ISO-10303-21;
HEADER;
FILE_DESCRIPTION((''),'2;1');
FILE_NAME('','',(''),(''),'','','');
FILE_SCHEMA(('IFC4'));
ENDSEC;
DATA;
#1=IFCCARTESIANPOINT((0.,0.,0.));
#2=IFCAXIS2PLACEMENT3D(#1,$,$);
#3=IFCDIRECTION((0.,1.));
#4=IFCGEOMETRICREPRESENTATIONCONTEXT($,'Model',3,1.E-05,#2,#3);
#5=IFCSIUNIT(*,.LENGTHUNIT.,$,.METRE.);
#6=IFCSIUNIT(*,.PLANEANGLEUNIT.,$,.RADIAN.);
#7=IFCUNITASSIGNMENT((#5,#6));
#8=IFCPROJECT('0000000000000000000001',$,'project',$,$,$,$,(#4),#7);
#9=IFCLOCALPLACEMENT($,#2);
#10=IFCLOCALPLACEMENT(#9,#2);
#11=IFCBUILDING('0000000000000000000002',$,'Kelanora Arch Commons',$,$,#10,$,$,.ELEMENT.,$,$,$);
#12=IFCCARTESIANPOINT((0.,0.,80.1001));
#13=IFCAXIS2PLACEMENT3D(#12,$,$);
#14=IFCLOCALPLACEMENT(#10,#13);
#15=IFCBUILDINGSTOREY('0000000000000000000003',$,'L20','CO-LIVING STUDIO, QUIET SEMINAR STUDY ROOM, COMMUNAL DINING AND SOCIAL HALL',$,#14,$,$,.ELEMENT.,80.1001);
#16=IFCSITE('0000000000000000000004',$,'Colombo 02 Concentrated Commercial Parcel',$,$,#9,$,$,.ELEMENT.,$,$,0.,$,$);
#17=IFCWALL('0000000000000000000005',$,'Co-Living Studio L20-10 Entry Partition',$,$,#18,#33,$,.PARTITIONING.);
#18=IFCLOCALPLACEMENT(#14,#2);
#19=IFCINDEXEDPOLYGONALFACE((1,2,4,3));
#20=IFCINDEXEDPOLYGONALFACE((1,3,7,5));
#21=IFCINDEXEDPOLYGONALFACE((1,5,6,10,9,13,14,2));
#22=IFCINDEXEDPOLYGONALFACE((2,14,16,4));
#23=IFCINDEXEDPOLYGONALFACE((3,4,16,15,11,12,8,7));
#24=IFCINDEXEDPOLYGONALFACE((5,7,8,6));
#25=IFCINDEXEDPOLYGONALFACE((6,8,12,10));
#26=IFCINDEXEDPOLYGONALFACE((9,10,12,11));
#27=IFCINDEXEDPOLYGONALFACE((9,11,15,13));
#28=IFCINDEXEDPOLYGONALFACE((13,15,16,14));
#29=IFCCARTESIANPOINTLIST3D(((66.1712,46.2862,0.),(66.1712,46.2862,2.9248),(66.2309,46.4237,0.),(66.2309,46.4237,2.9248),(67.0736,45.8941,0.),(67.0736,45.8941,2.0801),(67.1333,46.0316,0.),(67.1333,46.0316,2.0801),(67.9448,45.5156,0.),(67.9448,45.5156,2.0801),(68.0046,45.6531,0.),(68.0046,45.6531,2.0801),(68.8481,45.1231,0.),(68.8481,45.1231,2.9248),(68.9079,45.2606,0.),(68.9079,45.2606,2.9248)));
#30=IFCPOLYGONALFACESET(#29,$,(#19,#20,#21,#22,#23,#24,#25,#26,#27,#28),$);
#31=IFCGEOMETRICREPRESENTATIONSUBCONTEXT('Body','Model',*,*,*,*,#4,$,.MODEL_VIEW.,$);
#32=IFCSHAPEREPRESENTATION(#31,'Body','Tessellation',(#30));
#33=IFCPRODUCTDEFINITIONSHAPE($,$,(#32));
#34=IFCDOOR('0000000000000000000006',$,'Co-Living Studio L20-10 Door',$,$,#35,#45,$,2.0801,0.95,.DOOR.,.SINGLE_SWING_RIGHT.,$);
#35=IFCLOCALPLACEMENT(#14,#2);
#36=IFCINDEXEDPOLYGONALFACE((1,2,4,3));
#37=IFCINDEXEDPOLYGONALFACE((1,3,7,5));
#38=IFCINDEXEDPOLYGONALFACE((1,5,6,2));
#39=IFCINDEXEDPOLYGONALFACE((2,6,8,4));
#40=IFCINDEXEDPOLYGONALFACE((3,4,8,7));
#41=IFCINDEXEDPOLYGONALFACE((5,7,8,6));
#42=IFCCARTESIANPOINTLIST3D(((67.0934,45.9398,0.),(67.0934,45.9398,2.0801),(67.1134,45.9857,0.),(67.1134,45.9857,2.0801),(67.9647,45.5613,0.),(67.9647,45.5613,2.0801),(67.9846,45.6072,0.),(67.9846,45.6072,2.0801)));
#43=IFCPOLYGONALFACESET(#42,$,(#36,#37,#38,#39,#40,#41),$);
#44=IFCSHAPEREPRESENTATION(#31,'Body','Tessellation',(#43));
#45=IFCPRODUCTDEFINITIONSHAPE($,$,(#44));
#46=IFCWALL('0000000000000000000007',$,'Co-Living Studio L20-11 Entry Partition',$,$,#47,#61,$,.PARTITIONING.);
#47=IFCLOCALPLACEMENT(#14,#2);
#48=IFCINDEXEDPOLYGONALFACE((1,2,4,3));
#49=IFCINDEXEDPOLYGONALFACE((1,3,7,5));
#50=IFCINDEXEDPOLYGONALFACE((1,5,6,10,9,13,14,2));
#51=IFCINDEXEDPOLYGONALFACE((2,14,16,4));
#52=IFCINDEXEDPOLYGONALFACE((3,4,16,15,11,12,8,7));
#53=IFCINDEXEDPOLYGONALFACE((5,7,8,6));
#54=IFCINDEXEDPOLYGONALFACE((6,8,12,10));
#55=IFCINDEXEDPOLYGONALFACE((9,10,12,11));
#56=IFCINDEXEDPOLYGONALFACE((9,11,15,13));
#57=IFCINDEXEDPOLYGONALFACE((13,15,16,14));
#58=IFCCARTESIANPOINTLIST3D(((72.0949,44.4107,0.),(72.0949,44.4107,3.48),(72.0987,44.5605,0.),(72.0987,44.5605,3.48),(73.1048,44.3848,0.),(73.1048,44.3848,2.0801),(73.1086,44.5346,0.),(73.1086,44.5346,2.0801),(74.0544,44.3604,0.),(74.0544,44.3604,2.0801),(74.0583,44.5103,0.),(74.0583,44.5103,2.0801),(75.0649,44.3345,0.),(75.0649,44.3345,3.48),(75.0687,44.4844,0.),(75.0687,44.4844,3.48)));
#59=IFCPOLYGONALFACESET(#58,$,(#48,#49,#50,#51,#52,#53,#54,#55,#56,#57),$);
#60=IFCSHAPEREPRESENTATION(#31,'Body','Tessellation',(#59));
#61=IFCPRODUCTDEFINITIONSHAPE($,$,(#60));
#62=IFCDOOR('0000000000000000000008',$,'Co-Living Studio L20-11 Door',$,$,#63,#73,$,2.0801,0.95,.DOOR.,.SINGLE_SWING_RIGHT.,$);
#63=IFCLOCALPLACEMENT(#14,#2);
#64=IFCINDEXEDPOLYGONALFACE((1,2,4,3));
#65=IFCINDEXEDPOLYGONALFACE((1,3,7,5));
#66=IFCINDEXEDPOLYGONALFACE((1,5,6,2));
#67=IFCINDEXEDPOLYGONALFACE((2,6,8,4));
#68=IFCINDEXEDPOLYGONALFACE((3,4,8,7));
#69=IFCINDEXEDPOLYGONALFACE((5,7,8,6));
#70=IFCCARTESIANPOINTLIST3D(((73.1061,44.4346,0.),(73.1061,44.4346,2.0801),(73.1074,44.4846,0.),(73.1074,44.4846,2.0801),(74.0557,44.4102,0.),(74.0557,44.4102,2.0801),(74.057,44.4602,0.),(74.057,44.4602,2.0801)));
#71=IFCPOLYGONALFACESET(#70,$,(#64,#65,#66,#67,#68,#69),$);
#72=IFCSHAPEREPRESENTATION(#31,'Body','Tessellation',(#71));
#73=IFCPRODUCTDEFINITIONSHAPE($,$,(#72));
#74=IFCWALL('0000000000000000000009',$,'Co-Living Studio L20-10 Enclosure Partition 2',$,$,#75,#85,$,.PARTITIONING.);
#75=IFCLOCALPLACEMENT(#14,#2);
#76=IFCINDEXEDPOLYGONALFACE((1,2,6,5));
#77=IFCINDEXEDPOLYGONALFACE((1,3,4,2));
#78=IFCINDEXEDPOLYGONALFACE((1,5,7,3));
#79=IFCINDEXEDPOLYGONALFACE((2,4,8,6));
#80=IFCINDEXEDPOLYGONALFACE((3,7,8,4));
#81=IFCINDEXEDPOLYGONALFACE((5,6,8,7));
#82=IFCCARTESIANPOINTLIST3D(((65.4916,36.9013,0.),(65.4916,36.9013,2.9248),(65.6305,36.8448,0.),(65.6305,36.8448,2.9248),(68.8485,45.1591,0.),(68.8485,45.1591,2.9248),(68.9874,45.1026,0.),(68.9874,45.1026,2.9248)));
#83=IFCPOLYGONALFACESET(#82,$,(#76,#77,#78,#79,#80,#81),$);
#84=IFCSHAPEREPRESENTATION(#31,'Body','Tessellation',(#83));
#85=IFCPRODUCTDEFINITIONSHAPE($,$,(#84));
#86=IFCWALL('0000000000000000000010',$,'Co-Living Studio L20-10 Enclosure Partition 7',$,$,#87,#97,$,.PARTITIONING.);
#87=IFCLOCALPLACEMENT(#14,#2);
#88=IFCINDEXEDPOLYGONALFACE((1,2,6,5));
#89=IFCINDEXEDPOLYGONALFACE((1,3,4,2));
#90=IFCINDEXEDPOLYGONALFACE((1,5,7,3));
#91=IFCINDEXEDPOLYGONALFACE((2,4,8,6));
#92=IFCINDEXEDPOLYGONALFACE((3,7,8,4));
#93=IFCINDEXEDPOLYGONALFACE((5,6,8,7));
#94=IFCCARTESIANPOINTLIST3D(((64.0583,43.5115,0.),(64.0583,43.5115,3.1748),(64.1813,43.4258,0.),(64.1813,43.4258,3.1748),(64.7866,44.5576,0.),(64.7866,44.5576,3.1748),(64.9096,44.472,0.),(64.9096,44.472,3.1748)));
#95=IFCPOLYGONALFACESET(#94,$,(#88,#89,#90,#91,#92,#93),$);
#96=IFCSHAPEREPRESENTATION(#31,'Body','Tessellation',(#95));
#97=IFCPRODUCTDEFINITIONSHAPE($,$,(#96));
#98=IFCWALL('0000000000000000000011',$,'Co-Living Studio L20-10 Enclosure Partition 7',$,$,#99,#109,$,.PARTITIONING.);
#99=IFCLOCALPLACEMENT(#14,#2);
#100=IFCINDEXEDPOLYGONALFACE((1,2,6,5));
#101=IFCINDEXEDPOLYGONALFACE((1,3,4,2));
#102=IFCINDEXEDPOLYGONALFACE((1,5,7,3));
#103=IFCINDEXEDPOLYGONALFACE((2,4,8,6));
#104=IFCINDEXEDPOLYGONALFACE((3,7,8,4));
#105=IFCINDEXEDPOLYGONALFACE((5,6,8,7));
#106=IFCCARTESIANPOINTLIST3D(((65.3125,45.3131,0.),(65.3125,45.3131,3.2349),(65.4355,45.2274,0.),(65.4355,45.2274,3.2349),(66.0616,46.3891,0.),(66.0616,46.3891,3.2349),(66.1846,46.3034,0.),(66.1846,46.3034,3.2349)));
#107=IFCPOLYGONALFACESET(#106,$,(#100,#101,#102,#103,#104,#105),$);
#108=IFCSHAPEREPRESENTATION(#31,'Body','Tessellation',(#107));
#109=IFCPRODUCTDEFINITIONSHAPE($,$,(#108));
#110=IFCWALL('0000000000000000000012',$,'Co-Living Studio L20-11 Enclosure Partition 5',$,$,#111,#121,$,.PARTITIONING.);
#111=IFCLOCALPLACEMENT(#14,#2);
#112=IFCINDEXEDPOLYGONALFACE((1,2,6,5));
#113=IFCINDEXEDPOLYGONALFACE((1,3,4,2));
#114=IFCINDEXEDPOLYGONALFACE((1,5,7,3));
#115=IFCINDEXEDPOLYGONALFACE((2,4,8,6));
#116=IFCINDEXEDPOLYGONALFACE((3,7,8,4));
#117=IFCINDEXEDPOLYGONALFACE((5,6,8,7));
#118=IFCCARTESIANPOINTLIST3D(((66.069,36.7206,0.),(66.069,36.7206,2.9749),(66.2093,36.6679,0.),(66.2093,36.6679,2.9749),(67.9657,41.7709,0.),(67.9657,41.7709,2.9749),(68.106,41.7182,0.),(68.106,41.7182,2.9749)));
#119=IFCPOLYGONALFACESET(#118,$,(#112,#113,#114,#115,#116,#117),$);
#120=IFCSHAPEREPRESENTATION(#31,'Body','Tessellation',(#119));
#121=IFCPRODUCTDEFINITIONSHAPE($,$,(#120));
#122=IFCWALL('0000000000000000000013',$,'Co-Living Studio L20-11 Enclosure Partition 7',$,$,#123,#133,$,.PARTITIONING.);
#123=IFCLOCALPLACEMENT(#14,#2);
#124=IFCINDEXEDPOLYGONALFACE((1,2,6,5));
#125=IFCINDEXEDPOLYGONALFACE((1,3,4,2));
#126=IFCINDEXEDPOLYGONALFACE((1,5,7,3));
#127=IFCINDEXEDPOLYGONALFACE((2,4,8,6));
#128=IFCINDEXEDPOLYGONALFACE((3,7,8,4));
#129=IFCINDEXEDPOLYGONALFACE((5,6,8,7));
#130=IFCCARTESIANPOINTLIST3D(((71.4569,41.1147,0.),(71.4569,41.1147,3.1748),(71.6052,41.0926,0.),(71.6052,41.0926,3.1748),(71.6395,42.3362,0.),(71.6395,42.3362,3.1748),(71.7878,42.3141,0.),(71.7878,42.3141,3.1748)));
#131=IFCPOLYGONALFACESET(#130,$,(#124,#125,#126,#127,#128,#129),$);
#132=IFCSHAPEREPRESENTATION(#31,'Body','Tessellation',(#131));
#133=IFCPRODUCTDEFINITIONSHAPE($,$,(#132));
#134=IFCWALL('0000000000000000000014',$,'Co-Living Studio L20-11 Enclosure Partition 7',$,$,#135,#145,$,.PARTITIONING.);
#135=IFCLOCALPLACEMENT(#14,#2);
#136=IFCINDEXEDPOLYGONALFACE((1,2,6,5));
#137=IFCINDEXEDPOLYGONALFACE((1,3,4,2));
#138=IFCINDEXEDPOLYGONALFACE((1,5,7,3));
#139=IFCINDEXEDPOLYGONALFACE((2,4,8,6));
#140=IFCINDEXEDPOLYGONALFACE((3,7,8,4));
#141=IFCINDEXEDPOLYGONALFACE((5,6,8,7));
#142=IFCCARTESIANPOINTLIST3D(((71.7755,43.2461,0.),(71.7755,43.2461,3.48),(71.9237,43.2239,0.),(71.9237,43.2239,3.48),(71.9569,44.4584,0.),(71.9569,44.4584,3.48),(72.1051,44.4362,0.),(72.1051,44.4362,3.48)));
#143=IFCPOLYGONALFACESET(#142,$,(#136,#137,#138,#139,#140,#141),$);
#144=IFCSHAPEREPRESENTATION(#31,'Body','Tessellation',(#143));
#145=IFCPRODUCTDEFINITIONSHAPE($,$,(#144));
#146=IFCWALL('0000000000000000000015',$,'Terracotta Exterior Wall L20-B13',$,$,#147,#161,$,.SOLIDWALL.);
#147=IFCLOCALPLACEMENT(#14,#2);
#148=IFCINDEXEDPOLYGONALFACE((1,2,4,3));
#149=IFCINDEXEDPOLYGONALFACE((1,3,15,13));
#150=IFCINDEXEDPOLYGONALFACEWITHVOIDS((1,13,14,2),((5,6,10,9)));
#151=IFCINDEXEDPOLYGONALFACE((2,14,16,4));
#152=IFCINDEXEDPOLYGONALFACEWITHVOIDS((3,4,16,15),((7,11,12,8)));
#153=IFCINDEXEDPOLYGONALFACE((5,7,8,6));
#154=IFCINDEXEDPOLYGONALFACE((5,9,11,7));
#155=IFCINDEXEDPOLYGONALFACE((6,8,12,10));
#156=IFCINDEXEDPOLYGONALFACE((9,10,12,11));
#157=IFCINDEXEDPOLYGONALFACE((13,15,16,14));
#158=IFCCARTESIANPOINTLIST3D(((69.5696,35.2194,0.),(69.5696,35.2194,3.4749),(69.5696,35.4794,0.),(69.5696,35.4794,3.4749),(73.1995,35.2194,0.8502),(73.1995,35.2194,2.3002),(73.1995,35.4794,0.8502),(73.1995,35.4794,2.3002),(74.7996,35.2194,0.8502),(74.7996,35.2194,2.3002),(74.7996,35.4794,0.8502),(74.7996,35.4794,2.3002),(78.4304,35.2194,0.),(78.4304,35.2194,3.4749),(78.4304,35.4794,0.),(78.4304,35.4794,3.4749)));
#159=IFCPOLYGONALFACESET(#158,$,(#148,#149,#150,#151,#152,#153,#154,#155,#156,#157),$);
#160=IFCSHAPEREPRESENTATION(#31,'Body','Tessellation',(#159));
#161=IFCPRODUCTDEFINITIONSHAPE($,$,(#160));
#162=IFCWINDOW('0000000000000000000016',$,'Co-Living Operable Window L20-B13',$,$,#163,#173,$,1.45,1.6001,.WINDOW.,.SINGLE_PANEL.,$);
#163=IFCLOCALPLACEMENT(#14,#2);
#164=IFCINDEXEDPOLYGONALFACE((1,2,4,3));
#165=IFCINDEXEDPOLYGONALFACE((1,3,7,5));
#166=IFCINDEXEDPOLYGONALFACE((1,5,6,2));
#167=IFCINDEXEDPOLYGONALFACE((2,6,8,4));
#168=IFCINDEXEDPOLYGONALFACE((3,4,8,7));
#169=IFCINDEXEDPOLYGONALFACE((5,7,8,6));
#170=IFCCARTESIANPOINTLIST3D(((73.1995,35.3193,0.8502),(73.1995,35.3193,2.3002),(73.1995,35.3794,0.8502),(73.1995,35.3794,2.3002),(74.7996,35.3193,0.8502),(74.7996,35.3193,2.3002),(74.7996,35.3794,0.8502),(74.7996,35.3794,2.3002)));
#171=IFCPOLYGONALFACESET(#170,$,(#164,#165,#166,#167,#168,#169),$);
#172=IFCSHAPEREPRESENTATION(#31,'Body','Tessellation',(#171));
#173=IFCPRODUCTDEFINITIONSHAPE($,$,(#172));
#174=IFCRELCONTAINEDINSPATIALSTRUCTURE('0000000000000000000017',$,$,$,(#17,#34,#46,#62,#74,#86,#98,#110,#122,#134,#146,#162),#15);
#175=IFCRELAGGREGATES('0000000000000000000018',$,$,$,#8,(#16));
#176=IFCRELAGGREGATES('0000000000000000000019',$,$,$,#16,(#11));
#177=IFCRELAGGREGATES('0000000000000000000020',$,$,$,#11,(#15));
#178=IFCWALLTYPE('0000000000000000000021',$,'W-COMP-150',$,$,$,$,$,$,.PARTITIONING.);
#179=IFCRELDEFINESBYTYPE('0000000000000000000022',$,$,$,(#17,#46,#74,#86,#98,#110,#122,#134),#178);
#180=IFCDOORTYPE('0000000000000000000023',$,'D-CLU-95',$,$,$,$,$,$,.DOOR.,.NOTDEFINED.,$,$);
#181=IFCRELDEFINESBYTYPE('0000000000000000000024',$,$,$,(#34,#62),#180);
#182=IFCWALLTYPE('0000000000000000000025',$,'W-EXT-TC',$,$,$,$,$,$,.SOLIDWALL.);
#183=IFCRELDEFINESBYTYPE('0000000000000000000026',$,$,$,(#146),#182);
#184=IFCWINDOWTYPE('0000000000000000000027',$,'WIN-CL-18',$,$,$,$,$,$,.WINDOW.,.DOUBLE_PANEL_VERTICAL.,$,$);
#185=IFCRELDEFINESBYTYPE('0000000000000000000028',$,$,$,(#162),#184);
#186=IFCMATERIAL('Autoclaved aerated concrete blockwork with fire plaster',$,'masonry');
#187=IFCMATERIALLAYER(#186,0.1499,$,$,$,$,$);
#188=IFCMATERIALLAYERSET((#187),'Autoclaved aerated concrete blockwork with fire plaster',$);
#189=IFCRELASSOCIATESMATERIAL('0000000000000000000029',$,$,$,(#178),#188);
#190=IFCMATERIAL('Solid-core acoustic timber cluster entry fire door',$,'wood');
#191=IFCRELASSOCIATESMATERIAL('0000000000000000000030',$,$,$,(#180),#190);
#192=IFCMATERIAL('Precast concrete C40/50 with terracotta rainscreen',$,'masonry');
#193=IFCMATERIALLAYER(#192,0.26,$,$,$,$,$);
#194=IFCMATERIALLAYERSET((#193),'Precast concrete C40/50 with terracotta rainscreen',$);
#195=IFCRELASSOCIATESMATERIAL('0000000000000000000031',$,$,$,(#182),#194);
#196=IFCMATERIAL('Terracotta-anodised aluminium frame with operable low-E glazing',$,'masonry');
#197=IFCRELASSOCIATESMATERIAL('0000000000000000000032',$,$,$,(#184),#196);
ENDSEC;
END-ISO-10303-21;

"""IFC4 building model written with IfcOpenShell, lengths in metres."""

from ifc_helpers import new_model, si_unit, direction, frame, frame_2d, origin, place, context, subcontext, project, spatial, rectangle, extrude, material, layer, layer_set, type_object, element, fill, save


model = new_model("IFC4")

# Units and contexts
model_context = context("Model", 3, precision=1e-05, world=origin(), true_north=direction((0.0, 1.0)))
body_context = subcontext(model_context, "Body", "Model", "MODEL_VIEW")
ifc_project = project(units=[si_unit("LENGTHUNIT", "METRE"), si_unit("PLANEANGLEUNIT", "RADIAN")], contexts=[model_context])

# Site, building, storey
site_placement = place(None, origin())
site = spatial("IfcSite", under=ifc_project, at=site_placement, Name="Colombo 02 Concentrated Commercial Parcel", CompositionType="ELEMENT", RefElevation=0.0)
building_placement = place(site_placement, origin())
building = spatial("IfcBuilding", under=site, at=building_placement, Name="Kelanora Arch Commons", CompositionType="ELEMENT")
storey_placement = place(building_placement, frame((0.0, 0.0, 80.1001)))
storey = spatial("IfcBuildingStorey", under=building, at=storey_placement, Name="L20", Description="CO-LIVING STUDIO, QUIET SEMINAR STUDY ROOM, COMMUNAL DINING AND SOCIAL HALL", CompositionType="ELEMENT", Elevation=80.1001)

# Walls, openings, doors
ifc_material_1 = material(Name="Autoclaved aerated concrete blockwork with fire plaster", Category="masonry")
ifc_layer_1 = layer(ifc_material_1, 0.1499)
ifc_layer_set_1 = layer_set([ifc_layer_1], Name="Autoclaved aerated concrete blockwork with fire plaster")
wall_type_1 = type_object("IfcWallType", Name="W-COMP-150", PredefinedType="PARTITIONING", material=ifc_layer_set_1)
wall_1_placement = place(storey_placement, frame((66.2009, 46.355, 0.0), z_axis=(0.0, 0.0, 1.0), x_axis=(0.917174, -0.398488, 0.0)))
wall_1 = element("IfcWall", 1, at=wall_1_placement, inside=storey, type_object=wall_type_1, Name="Co-Living Studio L20-10 Entry Partition", PredefinedType="PARTITIONING", context=body_context, shape_type="SweptSolid", body=[
    extrude(rectangle(XDim=2.9187, YDim=0.1499, at=frame_2d((1.4595, 0.0))), origin(), (0.0, 0.0, 1.0), 2.9248),
])
opening_1_placement = place(wall_1_placement, frame((0.9839, 0.0, 0.0)))
opening_1 = element("IfcOpeningElement", 2, at=opening_1_placement, cuts=wall_1, PredefinedType="OPENING", context=body_context, shape_type="SweptSolid", body=[
    extrude(rectangle(XDim=0.95, YDim=2.0801, at=frame_2d((0.4751, 1.04))), frame((0.0, 0.085, 0.0), z_axis=(0.0, -1.0, 0.0), x_axis=(1.0, 0.0, 0.0)), (0.0, 0.0, 1.0), 0.1699),
])
ifc_material_2 = material(Name="Solid-core acoustic timber cluster entry fire door", Category="wood")
door_type_1 = type_object("IfcDoorType", Name="D-CLU-95", OperationType="NOTDEFINED", PredefinedType="DOOR", material=ifc_material_2)
door_1_placement = place(opening_1_placement, origin())
door_1 = element("IfcDoor", 3, at=door_1_placement, inside=storey, type_object=door_type_1, Name="Co-Living Studio L20-10 Door", OperationType="SINGLE_SWING_RIGHT", OverallHeight=2.0801, OverallWidth=0.95, PredefinedType="DOOR", context=body_context, shape_type="SweptSolid", body=[
    extrude(rectangle(XDim=0.95, YDim=2.0801, at=frame_2d((0.4751, 1.04))), frame((0.0, 0.0249, 0.0), z_axis=(0.0, -1.0, 0.0), x_axis=(1.0, 0.0, 0.0)), (0.0, 0.0, 1.0), 0.05),
])
fill(opening_1, door_1)
wall_2_placement = place(storey_placement, frame((72.0969, 44.4856, 0.0), z_axis=(0.0, 0.0, 1.0), x_axis=(0.999671, -0.025639, 0.0)))
wall_2 = element("IfcWall", 4, at=wall_2_placement, inside=storey, type_object=wall_type_1, Name="Co-Living Studio L20-11 Entry Partition", PredefinedType="PARTITIONING", context=body_context, shape_type="SweptSolid", body=[
    extrude(rectangle(XDim=2.9709, YDim=0.1499, at=frame_2d((1.4854, 0.0))), origin(), (0.0, 0.0, 1.0), 3.48),
])
opening_2_placement = place(wall_2_placement, frame((1.01, 0.0, 0.0)))
opening_2 = element("IfcOpeningElement", 5, at=opening_2_placement, cuts=wall_2, PredefinedType="OPENING", context=body_context, shape_type="SweptSolid", body=[
    extrude(rectangle(XDim=0.95, YDim=2.0801, at=frame_2d((0.4751, 1.04))), frame((0.0, 0.085, 0.0), z_axis=(0.0, -1.0, 0.0), x_axis=(1.0, 0.0, 0.0)), (0.0, 0.0, 1.0), 0.1699),
])
door_2_placement = place(opening_2_placement, origin())
door_2 = element("IfcDoor", 6, at=door_2_placement, inside=storey, type_object=door_type_1, Name="Co-Living Studio L20-11 Door", OperationType="SINGLE_SWING_RIGHT", OverallHeight=2.0801, OverallWidth=0.95, PredefinedType="DOOR", context=body_context, shape_type="SweptSolid", body=[
    extrude(rectangle(XDim=0.95, YDim=2.0801, at=frame_2d((0.4751, 1.04))), frame((0.0, 0.0249, 0.0), z_axis=(0.0, -1.0, 0.0), x_axis=(1.0, 0.0, 0.0)), (0.0, 0.0, 1.0), 0.05),
])
fill(opening_2, door_2)

# Walls
wall_3_placement = place(storey_placement, frame((68.918, 45.1309, 0.0), z_axis=(0.0, 0.0, 1.0), x_axis=(-0.376589, -0.926381, 0.0)))
element("IfcWall", 7, at=wall_3_placement, inside=storey, type_object=wall_type_1, Name="Co-Living Studio L20-10 Enclosure Partition 2", PredefinedType="PARTITIONING", context=body_context, shape_type="SweptSolid", body=[
    extrude(rectangle(XDim=8.9141, YDim=0.1499, at=frame_2d((4.457, 0.0))), origin(), (0.0, 0.0, 1.0), 2.9248),
])
wall_4_placement = place(storey_placement, frame((64.1199, 43.4688, 0.0), z_axis=(0.0, 0.0, 1.0), x_axis=(0.571339, 0.820714, 0.0)))
element("IfcWall", 8, at=wall_4_placement, inside=storey, type_object=wall_type_1, Name="Co-Living Studio L20-10 Enclosure Partition 7", PredefinedType="PARTITIONING", context=body_context, shape_type="SweptSolid", body=[
    extrude(rectangle(XDim=1.2747, YDim=0.1499, at=frame_2d((0.6372, 0.0))), origin(), (0.0, 0.0, 1.0), 3.1748),
])
wall_5_placement = place(storey_placement, frame((65.374, 45.2703, 0.0), z_axis=(0.0, 0.0, 1.0), x_axis=(0.571348, 0.820708, 0.0)))
element("IfcWall", 9, at=wall_5_placement, inside=storey, type_object=wall_type_1, Name="Co-Living Studio L20-10 Enclosure Partition 7", PredefinedType="PARTITIONING", context=body_context, shape_type="SweptSolid", body=[
    extrude(rectangle(XDim=1.311, YDim=0.1499, at=frame_2d((0.6555, 0.0))), origin(), (0.0, 0.0, 1.0), 3.2349),
])
wall_6_placement = place(storey_placement, frame((66.1392, 36.6943, 0.0), z_axis=(0.0, 0.0, 1.0), x_axis=(0.35159, 0.936154, 0.0)))
element("IfcWall", 10, at=wall_6_placement, inside=storey, type_object=wall_type_1, Name="Co-Living Studio L20-11 Enclosure Partition 5", PredefinedType="PARTITIONING", context=body_context, shape_type="SweptSolid", body=[
    extrude(rectangle(XDim=5.3948, YDim=0.1499, at=frame_2d((2.6973, 0.0))), origin(), (0.0, 0.0, 1.0), 2.9749),
])
wall_7_placement = place(storey_placement, frame((71.531, 41.1035, 0.0), z_axis=(0.0, 0.0, 1.0), x_axis=(0.147867, 0.989007, 0.0)))
element("IfcWall", 11, at=wall_7_placement, inside=storey, type_object=wall_type_1, Name="Co-Living Studio L20-11 Enclosure Partition 7", PredefinedType="PARTITIONING", context=body_context, shape_type="SweptSolid", body=[
    extrude(rectangle(XDim=1.2351, YDim=0.1499, at=frame_2d((0.6177, 0.0))), origin(), (0.0, 0.0, 1.0), 3.1748),
])
wall_8_placement = place(storey_placement, frame((71.8496, 43.2351, 0.0), z_axis=(0.0, 0.0, 1.0), x_axis=(0.14797, 0.988992, 0.0)))
element("IfcWall", 12, at=wall_8_placement, inside=storey, type_object=wall_type_1, Name="Co-Living Studio L20-11 Enclosure Partition 7", PredefinedType="PARTITIONING", context=body_context, shape_type="SweptSolid", body=[
    extrude(rectangle(XDim=1.2258, YDim=0.1499, at=frame_2d((0.6128, 0.0))), origin(), (0.0, 0.0, 1.0), 3.48),
])

# Wall, opening, window
ifc_material_3 = material(Name="Precast concrete C40/50 with terracotta rainscreen", Category="masonry")
ifc_layer_2 = layer(ifc_material_3, 0.26)
ifc_layer_set_2 = layer_set([ifc_layer_2], Name="Precast concrete C40/50 with terracotta rainscreen")
wall_type_2 = type_object("IfcWallType", Name="W-EXT-TC", PredefinedType="SOLIDWALL", material=ifc_layer_set_2)
wall_9_placement = place(storey_placement, frame((69.5696, 35.3494, 0.0), z_axis=(0.0, 0.0, 1.0), x_axis=(1.0, 0.0, 0.0)))
wall_9 = element("IfcWall", 13, at=wall_9_placement, inside=storey, type_object=wall_type_2, Name="Terracotta Exterior Wall L20-B13", PredefinedType="SOLIDWALL", context=body_context, shape_type="SweptSolid", body=[
    extrude(rectangle(XDim=8.8608, YDim=0.26, at=frame_2d((4.4304, 0.0))), origin(), (0.0, 0.0, 1.0), 3.4749),
])
opening_3_placement = place(wall_9_placement, frame((3.6299, 0.0, 0.8501)))
opening_3 = element("IfcOpeningElement", 14, at=opening_3_placement, cuts=wall_9, PredefinedType="OPENING", context=body_context, shape_type="SweptSolid", body=[
    extrude(rectangle(XDim=1.6001, YDim=1.45, at=frame_2d((0.8, 0.7251))), frame((0.0, 0.1401, 0.0), z_axis=(0.0, -1.0, 0.0), x_axis=(1.0, 0.0, 0.0)), (0.0, 0.0, 1.0), 0.28),
])
ifc_material_4 = material(Name="Terracotta-anodised aluminium frame with operable low-E glazing", Category="masonry")
window_type = type_object("IfcWindowType", Name="WIN-CL-18", PartitioningType="DOUBLE_PANEL_VERTICAL", PredefinedType="WINDOW", material=ifc_material_4)
window_placement = place(opening_3_placement, origin())
window = element("IfcWindow", 15, at=window_placement, inside=storey, type_object=window_type, Name="Co-Living Operable Window L20-B13", OverallHeight=1.45, OverallWidth=1.6001, PartitioningType="SINGLE_PANEL", PredefinedType="WINDOW", context=body_context, shape_type="SweptSolid", body=[
    extrude(rectangle(XDim=1.6001, YDim=1.45, at=frame_2d((0.8, 0.7251))), frame((0.0, 0.03, 0.0), z_axis=(0.0, -1.0, 0.0), x_axis=(1.0, 0.0, 0.0)), (0.0, 0.0, 1.0), 0.0601),
])
fill(opening_3, window)

save(model, "model.ifc")
